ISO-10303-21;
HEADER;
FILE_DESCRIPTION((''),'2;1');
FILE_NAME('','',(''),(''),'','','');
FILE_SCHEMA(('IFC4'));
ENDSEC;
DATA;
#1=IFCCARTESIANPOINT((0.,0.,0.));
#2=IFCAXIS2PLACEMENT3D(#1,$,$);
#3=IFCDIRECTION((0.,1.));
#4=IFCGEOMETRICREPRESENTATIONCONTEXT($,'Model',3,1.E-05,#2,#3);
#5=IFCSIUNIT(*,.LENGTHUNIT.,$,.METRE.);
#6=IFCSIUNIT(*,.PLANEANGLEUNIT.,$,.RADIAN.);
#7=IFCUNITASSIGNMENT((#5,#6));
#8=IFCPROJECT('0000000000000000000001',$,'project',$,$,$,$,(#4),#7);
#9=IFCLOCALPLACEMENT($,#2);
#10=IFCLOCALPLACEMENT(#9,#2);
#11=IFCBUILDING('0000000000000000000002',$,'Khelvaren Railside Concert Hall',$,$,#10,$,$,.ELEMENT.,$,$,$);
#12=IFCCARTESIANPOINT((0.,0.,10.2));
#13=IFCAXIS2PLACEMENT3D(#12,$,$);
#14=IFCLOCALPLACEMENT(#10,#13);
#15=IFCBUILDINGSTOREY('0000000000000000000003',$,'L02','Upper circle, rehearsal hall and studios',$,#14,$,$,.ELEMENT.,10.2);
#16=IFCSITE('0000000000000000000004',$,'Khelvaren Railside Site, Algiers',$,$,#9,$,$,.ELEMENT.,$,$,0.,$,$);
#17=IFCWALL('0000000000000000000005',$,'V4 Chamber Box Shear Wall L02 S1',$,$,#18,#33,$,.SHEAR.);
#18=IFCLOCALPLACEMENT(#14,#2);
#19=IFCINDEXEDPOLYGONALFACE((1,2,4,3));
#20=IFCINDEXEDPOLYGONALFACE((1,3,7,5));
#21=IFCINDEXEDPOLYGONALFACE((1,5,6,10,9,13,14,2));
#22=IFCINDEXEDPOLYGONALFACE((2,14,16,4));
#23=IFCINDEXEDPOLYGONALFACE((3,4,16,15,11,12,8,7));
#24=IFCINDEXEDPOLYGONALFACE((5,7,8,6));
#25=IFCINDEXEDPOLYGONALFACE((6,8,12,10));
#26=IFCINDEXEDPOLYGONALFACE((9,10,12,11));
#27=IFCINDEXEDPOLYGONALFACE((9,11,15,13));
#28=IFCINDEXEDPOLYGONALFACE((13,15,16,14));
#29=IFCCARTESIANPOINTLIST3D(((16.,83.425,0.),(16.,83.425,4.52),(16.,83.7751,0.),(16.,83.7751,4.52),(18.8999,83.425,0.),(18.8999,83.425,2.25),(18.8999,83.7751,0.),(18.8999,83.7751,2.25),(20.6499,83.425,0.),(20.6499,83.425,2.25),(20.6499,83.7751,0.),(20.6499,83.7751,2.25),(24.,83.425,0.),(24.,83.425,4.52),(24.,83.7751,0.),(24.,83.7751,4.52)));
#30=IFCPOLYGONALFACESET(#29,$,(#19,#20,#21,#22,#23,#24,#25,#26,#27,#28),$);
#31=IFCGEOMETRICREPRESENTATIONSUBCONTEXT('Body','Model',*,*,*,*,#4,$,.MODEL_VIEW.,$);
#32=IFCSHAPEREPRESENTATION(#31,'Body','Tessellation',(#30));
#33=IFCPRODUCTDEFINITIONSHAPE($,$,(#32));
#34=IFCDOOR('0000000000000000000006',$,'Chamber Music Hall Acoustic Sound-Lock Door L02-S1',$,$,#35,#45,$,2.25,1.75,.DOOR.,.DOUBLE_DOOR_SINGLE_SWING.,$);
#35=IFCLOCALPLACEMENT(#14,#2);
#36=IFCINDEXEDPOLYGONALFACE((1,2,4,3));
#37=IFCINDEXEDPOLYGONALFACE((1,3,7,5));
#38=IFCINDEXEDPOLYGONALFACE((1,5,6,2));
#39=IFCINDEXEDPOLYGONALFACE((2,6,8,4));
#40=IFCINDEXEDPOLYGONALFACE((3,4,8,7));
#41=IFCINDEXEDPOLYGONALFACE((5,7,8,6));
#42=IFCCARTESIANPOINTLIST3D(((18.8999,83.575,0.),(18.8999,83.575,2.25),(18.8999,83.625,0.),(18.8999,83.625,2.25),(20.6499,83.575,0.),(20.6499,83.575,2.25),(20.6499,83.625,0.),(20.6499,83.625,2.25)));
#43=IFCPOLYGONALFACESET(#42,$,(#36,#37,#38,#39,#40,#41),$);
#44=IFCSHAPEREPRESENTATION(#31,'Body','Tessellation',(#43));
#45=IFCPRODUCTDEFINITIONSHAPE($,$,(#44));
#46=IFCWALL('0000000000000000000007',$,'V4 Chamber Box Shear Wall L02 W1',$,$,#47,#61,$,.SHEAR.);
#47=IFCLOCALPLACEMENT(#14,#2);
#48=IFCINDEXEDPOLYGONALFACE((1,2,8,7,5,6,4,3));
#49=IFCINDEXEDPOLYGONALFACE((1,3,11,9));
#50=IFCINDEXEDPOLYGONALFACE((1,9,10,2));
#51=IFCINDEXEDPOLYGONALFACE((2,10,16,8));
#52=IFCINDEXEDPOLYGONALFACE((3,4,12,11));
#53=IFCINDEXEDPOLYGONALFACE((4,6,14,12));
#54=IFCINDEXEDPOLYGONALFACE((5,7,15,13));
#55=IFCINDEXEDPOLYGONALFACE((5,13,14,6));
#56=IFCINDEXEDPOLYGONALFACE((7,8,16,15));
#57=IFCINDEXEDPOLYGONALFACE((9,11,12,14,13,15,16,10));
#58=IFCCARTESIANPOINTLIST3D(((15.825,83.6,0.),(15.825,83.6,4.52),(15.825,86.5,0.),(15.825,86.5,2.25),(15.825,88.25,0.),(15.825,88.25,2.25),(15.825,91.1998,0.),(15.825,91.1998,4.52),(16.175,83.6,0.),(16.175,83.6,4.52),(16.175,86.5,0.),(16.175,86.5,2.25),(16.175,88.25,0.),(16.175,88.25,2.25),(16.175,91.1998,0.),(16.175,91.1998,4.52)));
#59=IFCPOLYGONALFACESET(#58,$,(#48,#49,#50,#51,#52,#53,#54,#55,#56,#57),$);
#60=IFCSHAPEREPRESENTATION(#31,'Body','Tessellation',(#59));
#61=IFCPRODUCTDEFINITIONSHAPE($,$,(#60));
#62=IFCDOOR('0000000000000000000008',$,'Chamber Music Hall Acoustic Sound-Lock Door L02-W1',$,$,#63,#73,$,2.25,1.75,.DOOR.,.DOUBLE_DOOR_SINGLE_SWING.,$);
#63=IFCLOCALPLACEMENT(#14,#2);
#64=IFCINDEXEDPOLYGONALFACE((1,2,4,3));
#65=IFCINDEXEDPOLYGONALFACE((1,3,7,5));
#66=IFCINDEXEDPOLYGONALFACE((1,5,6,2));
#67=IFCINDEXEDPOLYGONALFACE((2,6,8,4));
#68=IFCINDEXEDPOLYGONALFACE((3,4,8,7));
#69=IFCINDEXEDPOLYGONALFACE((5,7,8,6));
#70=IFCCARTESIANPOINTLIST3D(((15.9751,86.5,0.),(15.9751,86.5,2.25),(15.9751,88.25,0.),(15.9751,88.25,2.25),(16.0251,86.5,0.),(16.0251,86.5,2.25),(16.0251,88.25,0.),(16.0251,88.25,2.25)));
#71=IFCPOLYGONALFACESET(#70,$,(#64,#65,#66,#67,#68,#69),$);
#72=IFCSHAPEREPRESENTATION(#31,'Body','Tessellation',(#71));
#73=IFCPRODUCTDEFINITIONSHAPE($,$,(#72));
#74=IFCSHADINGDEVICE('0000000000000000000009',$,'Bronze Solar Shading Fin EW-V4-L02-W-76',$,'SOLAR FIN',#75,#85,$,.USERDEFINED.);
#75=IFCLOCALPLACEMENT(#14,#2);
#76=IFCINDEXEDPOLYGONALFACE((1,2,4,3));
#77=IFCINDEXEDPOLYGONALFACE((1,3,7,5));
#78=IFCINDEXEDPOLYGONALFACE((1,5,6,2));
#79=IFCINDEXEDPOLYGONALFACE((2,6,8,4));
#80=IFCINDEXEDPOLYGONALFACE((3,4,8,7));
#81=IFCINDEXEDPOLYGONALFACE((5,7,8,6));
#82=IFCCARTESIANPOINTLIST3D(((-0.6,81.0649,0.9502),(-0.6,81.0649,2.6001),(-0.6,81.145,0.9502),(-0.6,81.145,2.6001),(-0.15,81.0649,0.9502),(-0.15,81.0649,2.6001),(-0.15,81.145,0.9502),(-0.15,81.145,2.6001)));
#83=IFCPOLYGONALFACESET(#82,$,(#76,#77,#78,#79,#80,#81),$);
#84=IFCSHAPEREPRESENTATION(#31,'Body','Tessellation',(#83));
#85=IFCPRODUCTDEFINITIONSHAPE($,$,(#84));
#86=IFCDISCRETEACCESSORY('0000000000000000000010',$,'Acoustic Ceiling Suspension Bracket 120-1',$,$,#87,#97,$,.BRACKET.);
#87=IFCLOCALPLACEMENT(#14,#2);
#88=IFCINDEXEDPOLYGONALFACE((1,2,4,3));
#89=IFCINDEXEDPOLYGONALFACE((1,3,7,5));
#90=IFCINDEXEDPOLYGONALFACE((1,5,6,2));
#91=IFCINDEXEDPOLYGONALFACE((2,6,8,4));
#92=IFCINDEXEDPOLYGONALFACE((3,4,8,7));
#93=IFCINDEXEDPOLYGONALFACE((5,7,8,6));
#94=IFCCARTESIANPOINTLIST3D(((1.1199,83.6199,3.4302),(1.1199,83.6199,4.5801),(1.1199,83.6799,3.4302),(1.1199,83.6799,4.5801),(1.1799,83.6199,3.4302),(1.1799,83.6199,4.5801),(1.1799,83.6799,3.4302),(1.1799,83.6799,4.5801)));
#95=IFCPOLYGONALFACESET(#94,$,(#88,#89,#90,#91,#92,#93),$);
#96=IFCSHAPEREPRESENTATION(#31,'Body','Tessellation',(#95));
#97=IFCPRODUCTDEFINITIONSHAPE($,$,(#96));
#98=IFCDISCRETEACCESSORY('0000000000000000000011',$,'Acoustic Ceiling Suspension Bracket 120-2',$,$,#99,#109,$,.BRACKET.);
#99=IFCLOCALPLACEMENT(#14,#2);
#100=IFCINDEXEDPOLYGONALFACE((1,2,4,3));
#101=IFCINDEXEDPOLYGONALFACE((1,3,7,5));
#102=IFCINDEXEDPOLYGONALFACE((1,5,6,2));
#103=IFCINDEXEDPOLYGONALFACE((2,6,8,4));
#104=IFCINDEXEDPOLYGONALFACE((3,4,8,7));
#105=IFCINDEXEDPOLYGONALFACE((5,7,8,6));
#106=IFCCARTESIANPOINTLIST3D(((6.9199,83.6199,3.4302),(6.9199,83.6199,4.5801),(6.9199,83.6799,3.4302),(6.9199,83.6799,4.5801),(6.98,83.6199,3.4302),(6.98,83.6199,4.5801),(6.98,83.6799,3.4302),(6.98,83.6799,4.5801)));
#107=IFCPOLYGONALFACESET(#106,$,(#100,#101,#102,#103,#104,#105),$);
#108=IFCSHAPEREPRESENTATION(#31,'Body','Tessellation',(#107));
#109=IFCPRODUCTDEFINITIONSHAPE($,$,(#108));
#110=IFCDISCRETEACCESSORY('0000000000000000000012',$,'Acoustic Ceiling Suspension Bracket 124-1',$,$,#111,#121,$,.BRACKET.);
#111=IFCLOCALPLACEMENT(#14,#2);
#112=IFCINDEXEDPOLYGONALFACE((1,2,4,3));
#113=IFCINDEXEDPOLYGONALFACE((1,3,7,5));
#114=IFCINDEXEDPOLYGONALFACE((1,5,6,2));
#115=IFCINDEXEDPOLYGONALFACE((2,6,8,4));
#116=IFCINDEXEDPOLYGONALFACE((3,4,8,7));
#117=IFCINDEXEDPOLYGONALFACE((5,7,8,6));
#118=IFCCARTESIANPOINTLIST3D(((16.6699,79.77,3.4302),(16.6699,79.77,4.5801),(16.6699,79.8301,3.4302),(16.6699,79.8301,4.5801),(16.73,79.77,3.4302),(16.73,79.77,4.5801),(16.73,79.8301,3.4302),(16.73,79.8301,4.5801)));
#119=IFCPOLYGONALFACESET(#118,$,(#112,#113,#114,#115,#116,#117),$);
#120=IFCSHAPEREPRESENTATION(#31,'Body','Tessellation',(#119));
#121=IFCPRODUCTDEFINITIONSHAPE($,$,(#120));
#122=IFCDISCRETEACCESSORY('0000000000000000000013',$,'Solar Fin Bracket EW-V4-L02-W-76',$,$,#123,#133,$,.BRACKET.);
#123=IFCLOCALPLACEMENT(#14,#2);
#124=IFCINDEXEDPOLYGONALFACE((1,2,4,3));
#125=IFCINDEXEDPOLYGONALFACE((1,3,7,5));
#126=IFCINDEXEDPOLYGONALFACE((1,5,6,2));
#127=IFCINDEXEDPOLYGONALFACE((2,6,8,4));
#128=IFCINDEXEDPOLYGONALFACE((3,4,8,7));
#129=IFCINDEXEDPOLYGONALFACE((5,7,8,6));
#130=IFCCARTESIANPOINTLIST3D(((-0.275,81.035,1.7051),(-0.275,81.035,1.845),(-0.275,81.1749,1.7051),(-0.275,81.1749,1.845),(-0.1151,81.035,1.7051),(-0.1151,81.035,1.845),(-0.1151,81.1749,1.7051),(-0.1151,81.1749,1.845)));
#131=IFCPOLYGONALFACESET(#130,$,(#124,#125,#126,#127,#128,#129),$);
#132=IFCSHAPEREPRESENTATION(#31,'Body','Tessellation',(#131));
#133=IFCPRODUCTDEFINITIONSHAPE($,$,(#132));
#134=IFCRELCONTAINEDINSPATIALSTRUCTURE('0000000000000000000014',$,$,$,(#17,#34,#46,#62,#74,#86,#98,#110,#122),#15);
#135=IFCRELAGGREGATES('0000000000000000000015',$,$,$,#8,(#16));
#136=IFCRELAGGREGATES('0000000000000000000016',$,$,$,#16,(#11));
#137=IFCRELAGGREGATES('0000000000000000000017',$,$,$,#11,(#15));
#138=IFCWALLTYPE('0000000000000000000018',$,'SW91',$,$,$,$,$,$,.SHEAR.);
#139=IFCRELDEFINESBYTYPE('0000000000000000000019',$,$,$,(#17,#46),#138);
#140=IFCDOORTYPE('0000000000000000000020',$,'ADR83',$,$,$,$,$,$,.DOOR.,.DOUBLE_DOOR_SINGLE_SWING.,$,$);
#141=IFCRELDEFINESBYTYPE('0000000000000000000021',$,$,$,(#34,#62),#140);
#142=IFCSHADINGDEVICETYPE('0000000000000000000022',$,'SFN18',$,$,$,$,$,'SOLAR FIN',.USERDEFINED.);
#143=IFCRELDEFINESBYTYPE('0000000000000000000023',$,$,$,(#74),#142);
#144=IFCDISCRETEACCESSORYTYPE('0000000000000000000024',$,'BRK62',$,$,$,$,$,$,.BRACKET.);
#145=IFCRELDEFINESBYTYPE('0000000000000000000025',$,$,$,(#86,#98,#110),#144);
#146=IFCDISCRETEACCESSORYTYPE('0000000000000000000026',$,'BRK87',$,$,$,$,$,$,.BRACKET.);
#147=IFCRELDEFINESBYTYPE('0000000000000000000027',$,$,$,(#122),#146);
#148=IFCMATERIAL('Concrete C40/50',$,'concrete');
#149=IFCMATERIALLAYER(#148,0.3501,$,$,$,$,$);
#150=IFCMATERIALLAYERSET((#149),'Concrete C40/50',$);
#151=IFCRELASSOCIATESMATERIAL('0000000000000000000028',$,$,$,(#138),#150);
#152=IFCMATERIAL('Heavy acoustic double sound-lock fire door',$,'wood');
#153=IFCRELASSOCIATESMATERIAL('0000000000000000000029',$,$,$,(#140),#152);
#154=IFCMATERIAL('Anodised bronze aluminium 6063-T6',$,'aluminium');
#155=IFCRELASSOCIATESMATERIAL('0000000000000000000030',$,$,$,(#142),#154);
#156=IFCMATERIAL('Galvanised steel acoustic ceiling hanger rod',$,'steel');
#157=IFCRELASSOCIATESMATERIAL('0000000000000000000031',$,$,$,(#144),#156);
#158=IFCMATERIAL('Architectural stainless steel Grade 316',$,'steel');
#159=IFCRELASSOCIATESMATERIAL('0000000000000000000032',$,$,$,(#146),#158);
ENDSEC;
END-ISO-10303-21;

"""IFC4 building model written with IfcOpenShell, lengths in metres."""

from ifc_helpers import new_model, si_unit, direction, frame, frame_2d, origin, origin_2d, place, context, subcontext, project, spatial, rectangle, extrude, material, layer, layer_set, type_object, element, fill, save


model = new_model("IFC4")

# Units and contexts
model_context = context("Model", 3, precision=1e-05, world=origin(), true_north=direction((0.0, 1.0)))
body_context = subcontext(model_context, "Body", "Model", "MODEL_VIEW")
ifc_project = project(units=[si_unit("LENGTHUNIT", "METRE"), si_unit("PLANEANGLEUNIT", "RADIAN")], contexts=[model_context])

# Site, building, storey
site_placement = place(None, origin())
site = spatial("IfcSite", under=ifc_project, at=site_placement, Name="Khelvaren Railside Site, Algiers", CompositionType="ELEMENT", RefElevation=0.0)
building_placement = place(site_placement, origin())
building = spatial("IfcBuilding", under=site, at=building_placement, Name="Khelvaren Railside Concert Hall", CompositionType="ELEMENT")
storey_placement = place(building_placement, frame((0.0, 0.0, 10.2)))
storey = spatial("IfcBuildingStorey", under=building, at=storey_placement, Name="L02", Description="Upper circle, rehearsal hall and studios", CompositionType="ELEMENT", Elevation=10.2)

# Shared definitions
ifc_material_1 = material(Name="Concrete C40/50", Category="concrete")

# Walls, openings, doors
ifc_layer_1 = layer(ifc_material_1, 0.3501)
ifc_layer_set_1 = layer_set([ifc_layer_1], Name="Concrete C40/50")
wall_type_1 = type_object("IfcWallType", Name="SW91", PredefinedType="SHEAR", material=ifc_layer_set_1)
wall_1_placement = place(storey_placement, frame((16.0, 83.6001, 0.0), z_axis=(0.0, 0.0, 1.0), x_axis=(1.0, 0.0, 0.0)))
wall_1 = element("IfcWall", 1, at=wall_1_placement, inside=storey, type_object=wall_type_1, Name="V4 Chamber Box Shear Wall L02 S1", PredefinedType="SHEAR", context=body_context, shape_type="SweptSolid", body=[
    extrude(rectangle(XDim=8.0, YDim=0.3501, at=frame_2d((4.0, 0.0))), origin(), (0.0, 0.0, 1.0), 4.52),
])
opening_1_placement = place(wall_1_placement, frame((2.8999, 0.0, 0.0)))
opening_1 = element("IfcOpeningElement", 2, at=opening_1_placement, cuts=wall_1, PredefinedType="OPENING", context=body_context, shape_type="SweptSolid", body=[
    extrude(rectangle(XDim=1.75, YDim=2.25, at=frame_2d((0.875, 1.125))), frame((0.0, 0.1851, 0.0), z_axis=(0.0, -1.0, 0.0), x_axis=(1.0, 0.0, 0.0)), (0.0, 0.0, 1.0), 0.3701),
])
ifc_material_2 = material(Name="Heavy acoustic double sound-lock fire door", Category="wood")
door_type_1 = type_object("IfcDoorType", Name="ADR83", OperationType="DOUBLE_DOOR_SINGLE_SWING", PredefinedType="DOOR", material=ifc_material_2)
door_1_placement = place(opening_1_placement, origin())
door_1 = element("IfcDoor", 3, at=door_1_placement, inside=storey, type_object=door_type_1, Name="Chamber Music Hall Acoustic Sound-Lock Door L02-S1", OperationType="DOUBLE_DOOR_SINGLE_SWING", OverallHeight=2.25, OverallWidth=1.75, PredefinedType="DOOR", context=body_context, shape_type="SweptSolid", body=[
    extrude(rectangle(XDim=1.75, YDim=2.25, at=frame_2d((0.875, 1.125))), frame((0.0, 0.0249, 0.0), z_axis=(0.0, -1.0, 0.0), x_axis=(1.0, 0.0, 0.0)), (0.0, 0.0, 1.0), 0.05),
])
fill(opening_1, door_1)
wall_2_placement = place(storey_placement, frame((16.0, 83.6001, 0.0), z_axis=(0.0, 0.0, 1.0), x_axis=(0.0, 1.0, 0.0)))
wall_2 = element("IfcWall", 4, at=wall_2_placement, inside=storey, type_object=wall_type_1, Name="V4 Chamber Box Shear Wall L02 W1", PredefinedType="SHEAR", context=body_context, shape_type="SweptSolid", body=[
    extrude(rectangle(XDim=7.5999, YDim=0.3501, at=frame_2d((3.7998, 0.0))), origin(), (0.0, 0.0, 1.0), 4.52),
])
opening_2_placement = place(wall_2_placement, frame((2.8999, 0.0, 0.0)))
opening_2 = element("IfcOpeningElement", 5, at=opening_2_placement, cuts=wall_2, PredefinedType="OPENING", context=body_context, shape_type="SweptSolid", body=[
    extrude(rectangle(XDim=1.75, YDim=2.25, at=frame_2d((0.875, 1.125))), frame((0.0, 0.1851, 0.0), z_axis=(0.0, -1.0, 0.0), x_axis=(1.0, 0.0, 0.0)), (0.0, 0.0, 1.0), 0.3701),
])
door_2_placement = place(opening_2_placement, origin())
door_2 = element("IfcDoor", 6, at=door_2_placement, inside=storey, type_object=door_type_1, Name="Chamber Music Hall Acoustic Sound-Lock Door L02-W1", OperationType="DOUBLE_DOOR_SINGLE_SWING", OverallHeight=2.25, OverallWidth=1.75, PredefinedType="DOOR", context=body_context, shape_type="SweptSolid", body=[
    extrude(rectangle(XDim=1.75, YDim=2.25, at=frame_2d((0.875, 1.125))), frame((0.0, 0.0249, 0.0), z_axis=(0.0, -1.0, 0.0), x_axis=(1.0, 0.0, 0.0)), (0.0, 0.0, 1.0), 0.05),
])
fill(opening_2, door_2)

# Shading device
ifc_material_3 = material(Name="Anodised bronze aluminium 6063-T6", Category="aluminium")
shading_device_type = type_object("IfcShadingDeviceType", Name="SFN18", ElementType="SOLAR FIN", PredefinedType="USERDEFINED", material=ifc_material_3)
shading_device_placement = place(storey_placement, frame((-0.375, 81.105, 0.9502), z_axis=(0.0, 0.0, 1.0), x_axis=(0.0, 1.0, 0.0)))
element("IfcShadingDevice", 7, at=shading_device_placement, inside=storey, type_object=shading_device_type, Name="Bronze Solar Shading Fin EW-V4-L02-W-76", ObjectType="SOLAR FIN", PredefinedType="USERDEFINED", context=body_context, shape_type="SweptSolid", body=[
    extrude(rectangle(XDim=0.0801, YDim=0.45, at=origin_2d()), origin(), (0.0, 0.0, 1.0), 1.6499),
])

# Discrete accessories
ifc_material_4 = material(Name="Galvanised steel acoustic ceiling hanger rod", Category="steel")
discrete_accessory_type_1 = type_object("IfcDiscreteAccessoryType", Name="BRK62", PredefinedType="BRACKET", material=ifc_material_4)
for number, where, z_axis, x_axis, name in (
    (8, (1.1499, 83.6499, 3.4302), (0.0, 0.0, 1.0), (1.0, 0.0, 0.0), "Acoustic Ceiling Suspension Bracket 120-1"),
    (9, (6.95, 83.6499, 3.4302), (0.0, 0.0, 1.0), (1.0, 0.0, 0.0), "Acoustic Ceiling Suspension Bracket 120-2"),
    (10, (16.7, 79.8, 3.4302), (0.0, 0.0, 1.0), (1.0, 0.0, 0.0), "Acoustic Ceiling Suspension Bracket 124-1"),
):
    element("IfcDiscreteAccessory", number, at=place(storey_placement, frame(where, z_axis=z_axis, x_axis=x_axis)), inside=storey, type_object=discrete_accessory_type_1, Name=name, PredefinedType="BRACKET", context=body_context, shape_type="SweptSolid", body=[
        extrude(rectangle(XDim=0.0601, YDim=0.0601, at=origin_2d()), origin(), (0.0, 0.0, 1.0), 1.1499),
    ])
ifc_material_5 = material(Name="Architectural stainless steel Grade 316", Category="steel")
discrete_accessory_type_2 = type_object("IfcDiscreteAccessoryType", Name="BRK87", PredefinedType="BRACKET", material=ifc_material_5)
discrete_accessory_placement = place(storey_placement, frame((-0.1951, 81.105, 1.7051), z_axis=(0.0, 0.0, 1.0), x_axis=(0.0, 1.0, 0.0)))
element("IfcDiscreteAccessory", 11, at=discrete_accessory_placement, inside=storey, type_object=discrete_accessory_type_2, Name="Solar Fin Bracket EW-V4-L02-W-76", PredefinedType="BRACKET", context=body_context, shape_type="SweptSolid", body=[
    extrude(rectangle(XDim=0.1399, YDim=0.1599, at=origin_2d()), origin(), (0.0, 0.0, 1.0), 0.1399),
])

save(model, "model.ifc")
